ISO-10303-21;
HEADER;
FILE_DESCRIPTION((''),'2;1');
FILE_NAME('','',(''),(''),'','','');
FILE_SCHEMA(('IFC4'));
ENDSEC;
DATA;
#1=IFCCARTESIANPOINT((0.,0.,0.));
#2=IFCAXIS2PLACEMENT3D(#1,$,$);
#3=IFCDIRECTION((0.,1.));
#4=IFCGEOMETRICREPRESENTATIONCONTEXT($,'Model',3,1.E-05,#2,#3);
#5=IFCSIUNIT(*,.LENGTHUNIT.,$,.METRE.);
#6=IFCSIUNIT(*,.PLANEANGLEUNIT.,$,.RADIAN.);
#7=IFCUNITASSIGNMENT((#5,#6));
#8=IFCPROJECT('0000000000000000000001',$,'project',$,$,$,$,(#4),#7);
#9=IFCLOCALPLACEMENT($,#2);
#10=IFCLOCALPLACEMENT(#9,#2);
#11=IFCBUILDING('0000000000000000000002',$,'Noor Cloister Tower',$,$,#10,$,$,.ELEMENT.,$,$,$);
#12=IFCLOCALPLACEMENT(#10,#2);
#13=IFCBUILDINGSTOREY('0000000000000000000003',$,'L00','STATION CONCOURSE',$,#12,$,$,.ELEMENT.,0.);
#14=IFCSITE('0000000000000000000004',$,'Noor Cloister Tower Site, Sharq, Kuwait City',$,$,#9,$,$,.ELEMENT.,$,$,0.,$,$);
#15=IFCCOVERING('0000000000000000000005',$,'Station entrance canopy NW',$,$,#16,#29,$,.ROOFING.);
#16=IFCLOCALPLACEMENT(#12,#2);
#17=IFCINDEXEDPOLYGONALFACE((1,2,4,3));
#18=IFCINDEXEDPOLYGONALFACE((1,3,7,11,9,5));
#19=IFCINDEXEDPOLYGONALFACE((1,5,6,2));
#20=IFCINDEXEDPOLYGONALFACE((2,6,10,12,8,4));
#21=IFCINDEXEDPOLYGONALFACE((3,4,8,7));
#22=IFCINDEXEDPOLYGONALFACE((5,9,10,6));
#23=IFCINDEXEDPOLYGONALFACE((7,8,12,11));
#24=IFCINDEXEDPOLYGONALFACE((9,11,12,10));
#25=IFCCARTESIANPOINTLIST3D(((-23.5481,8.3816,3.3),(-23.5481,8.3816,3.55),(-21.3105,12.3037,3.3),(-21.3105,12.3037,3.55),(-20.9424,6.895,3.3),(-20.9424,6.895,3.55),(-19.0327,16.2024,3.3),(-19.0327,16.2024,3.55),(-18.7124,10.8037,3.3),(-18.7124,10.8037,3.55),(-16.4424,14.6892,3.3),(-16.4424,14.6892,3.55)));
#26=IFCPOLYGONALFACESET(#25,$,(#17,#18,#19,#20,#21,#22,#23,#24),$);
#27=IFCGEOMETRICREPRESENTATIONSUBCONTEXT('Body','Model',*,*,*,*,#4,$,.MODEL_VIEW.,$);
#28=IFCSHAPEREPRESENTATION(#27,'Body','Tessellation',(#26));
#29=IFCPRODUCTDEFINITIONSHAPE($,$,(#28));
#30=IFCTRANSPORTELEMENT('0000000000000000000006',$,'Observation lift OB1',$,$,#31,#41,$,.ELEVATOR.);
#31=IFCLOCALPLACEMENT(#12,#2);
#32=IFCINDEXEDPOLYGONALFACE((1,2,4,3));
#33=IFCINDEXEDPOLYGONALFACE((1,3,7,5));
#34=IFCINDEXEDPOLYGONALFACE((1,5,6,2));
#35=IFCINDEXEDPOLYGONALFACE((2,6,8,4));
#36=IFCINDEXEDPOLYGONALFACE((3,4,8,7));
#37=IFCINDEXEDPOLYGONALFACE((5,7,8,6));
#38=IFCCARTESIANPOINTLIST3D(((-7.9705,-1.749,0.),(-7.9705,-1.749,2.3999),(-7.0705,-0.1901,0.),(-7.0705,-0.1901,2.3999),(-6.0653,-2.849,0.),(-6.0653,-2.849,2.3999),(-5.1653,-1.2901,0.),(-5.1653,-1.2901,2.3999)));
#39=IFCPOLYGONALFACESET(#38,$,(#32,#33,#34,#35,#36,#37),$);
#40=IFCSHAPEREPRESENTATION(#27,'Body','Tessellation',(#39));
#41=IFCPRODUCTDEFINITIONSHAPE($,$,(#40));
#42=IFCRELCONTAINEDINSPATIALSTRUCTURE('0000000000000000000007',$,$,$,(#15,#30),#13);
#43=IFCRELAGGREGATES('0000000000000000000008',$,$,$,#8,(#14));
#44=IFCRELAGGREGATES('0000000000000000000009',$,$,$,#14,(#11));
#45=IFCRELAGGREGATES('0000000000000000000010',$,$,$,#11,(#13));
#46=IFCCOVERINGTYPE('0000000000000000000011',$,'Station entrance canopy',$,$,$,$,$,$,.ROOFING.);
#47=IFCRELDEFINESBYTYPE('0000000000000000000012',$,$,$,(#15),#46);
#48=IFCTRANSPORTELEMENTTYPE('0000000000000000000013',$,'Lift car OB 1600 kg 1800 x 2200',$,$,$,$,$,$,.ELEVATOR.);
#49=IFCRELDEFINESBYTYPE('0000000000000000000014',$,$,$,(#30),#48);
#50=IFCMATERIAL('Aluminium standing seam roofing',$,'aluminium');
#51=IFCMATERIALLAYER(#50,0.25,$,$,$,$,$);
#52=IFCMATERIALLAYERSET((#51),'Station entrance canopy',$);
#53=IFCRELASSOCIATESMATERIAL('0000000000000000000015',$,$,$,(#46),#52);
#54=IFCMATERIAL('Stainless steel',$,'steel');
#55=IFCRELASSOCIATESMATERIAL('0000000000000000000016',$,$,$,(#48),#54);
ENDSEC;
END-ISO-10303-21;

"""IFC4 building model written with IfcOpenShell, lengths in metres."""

from ifc_helpers import new_model, si_unit, direction, frame, origin, origin_2d, place, context, subcontext, project, spatial, polyline, rectangle, outline, extrude, material, layer, layer_set, type_object, element, save


model = new_model("IFC4")

# Units and contexts
model_context = context("Model", 3, precision=1e-05, world=origin(), true_north=direction((0.0, 1.0)))
body_context = subcontext(model_context, "Body", "Model", "MODEL_VIEW")
ifc_project = project(units=[si_unit("LENGTHUNIT", "METRE"), si_unit("PLANEANGLEUNIT", "RADIAN")], contexts=[model_context])

# Site, building, storey
site_placement = place(None, origin())
site = spatial("IfcSite", under=ifc_project, at=site_placement, Name="Noor Cloister Tower Site, Sharq, Kuwait City", CompositionType="ELEMENT", RefElevation=0.0)
building_placement = place(site_placement, origin())
building = spatial("IfcBuilding", under=site, at=building_placement, Name="Noor Cloister Tower", CompositionType="ELEMENT")
storey_placement = place(building_placement, origin())
storey = spatial("IfcBuildingStorey", under=building, at=storey_placement, Name="L00", Description="STATION CONCOURSE", CompositionType="ELEMENT", Elevation=0.0)

# Covering
ifc_material_1 = material(Name="Aluminium standing seam roofing", Category="aluminium")
ifc_layer_1 = layer(ifc_material_1, 0.25)
ifc_layer_set_1 = layer_set([ifc_layer_1], Name="Station entrance canopy")
covering_type = type_object("IfcCoveringType", Name="Station entrance canopy", PredefinedType="ROOFING", material=ifc_layer_set_1)
covering_placement = place(storey_placement, frame((0.0, 0.0, 3.3)))
element("IfcCovering", 1, at=covering_placement, inside=storey, type_object=covering_type, Name="Station entrance canopy NW", PredefinedType="ROOFING", context=body_context, shape_type="SweptSolid", body=[
    extrude(outline(polyline([(-19.0327, 16.2024), (-21.3105, 12.3037), (-23.5481, 8.3816), (-20.9424, 6.895), (-18.7124, 10.8037), (-16.4424, 14.6892), (-19.0327, 16.2024)])), origin(), (0.0, 0.0, 1.0), 0.25),
])

# Transport element
ifc_material_2 = material(Name="Stainless steel", Category="steel")
transport_element_type = type_object("IfcTransportElementType", Name="Lift car OB 1600 kg 1800 x 2200", PredefinedType="ELEVATOR", material=ifc_material_2)
transport_element_placement = place(storey_placement, frame((-6.5679, -1.5195, 0.0), z_axis=(0.0, 0.0, 1.0), x_axis=(-0.5, -0.866025, 0.0)))
element("IfcTransportElement", 2, at=transport_element_placement, inside=storey, type_object=transport_element_type, Name="Observation lift OB1", PredefinedType="ELEVATOR", context=body_context, shape_type="SweptSolid", body=[
    extrude(rectangle(XDim=1.8, YDim=2.2, at=origin_2d()), origin(), (0.0, 0.0, 1.0), 2.3999),
])

save(model, "model.ifc")
